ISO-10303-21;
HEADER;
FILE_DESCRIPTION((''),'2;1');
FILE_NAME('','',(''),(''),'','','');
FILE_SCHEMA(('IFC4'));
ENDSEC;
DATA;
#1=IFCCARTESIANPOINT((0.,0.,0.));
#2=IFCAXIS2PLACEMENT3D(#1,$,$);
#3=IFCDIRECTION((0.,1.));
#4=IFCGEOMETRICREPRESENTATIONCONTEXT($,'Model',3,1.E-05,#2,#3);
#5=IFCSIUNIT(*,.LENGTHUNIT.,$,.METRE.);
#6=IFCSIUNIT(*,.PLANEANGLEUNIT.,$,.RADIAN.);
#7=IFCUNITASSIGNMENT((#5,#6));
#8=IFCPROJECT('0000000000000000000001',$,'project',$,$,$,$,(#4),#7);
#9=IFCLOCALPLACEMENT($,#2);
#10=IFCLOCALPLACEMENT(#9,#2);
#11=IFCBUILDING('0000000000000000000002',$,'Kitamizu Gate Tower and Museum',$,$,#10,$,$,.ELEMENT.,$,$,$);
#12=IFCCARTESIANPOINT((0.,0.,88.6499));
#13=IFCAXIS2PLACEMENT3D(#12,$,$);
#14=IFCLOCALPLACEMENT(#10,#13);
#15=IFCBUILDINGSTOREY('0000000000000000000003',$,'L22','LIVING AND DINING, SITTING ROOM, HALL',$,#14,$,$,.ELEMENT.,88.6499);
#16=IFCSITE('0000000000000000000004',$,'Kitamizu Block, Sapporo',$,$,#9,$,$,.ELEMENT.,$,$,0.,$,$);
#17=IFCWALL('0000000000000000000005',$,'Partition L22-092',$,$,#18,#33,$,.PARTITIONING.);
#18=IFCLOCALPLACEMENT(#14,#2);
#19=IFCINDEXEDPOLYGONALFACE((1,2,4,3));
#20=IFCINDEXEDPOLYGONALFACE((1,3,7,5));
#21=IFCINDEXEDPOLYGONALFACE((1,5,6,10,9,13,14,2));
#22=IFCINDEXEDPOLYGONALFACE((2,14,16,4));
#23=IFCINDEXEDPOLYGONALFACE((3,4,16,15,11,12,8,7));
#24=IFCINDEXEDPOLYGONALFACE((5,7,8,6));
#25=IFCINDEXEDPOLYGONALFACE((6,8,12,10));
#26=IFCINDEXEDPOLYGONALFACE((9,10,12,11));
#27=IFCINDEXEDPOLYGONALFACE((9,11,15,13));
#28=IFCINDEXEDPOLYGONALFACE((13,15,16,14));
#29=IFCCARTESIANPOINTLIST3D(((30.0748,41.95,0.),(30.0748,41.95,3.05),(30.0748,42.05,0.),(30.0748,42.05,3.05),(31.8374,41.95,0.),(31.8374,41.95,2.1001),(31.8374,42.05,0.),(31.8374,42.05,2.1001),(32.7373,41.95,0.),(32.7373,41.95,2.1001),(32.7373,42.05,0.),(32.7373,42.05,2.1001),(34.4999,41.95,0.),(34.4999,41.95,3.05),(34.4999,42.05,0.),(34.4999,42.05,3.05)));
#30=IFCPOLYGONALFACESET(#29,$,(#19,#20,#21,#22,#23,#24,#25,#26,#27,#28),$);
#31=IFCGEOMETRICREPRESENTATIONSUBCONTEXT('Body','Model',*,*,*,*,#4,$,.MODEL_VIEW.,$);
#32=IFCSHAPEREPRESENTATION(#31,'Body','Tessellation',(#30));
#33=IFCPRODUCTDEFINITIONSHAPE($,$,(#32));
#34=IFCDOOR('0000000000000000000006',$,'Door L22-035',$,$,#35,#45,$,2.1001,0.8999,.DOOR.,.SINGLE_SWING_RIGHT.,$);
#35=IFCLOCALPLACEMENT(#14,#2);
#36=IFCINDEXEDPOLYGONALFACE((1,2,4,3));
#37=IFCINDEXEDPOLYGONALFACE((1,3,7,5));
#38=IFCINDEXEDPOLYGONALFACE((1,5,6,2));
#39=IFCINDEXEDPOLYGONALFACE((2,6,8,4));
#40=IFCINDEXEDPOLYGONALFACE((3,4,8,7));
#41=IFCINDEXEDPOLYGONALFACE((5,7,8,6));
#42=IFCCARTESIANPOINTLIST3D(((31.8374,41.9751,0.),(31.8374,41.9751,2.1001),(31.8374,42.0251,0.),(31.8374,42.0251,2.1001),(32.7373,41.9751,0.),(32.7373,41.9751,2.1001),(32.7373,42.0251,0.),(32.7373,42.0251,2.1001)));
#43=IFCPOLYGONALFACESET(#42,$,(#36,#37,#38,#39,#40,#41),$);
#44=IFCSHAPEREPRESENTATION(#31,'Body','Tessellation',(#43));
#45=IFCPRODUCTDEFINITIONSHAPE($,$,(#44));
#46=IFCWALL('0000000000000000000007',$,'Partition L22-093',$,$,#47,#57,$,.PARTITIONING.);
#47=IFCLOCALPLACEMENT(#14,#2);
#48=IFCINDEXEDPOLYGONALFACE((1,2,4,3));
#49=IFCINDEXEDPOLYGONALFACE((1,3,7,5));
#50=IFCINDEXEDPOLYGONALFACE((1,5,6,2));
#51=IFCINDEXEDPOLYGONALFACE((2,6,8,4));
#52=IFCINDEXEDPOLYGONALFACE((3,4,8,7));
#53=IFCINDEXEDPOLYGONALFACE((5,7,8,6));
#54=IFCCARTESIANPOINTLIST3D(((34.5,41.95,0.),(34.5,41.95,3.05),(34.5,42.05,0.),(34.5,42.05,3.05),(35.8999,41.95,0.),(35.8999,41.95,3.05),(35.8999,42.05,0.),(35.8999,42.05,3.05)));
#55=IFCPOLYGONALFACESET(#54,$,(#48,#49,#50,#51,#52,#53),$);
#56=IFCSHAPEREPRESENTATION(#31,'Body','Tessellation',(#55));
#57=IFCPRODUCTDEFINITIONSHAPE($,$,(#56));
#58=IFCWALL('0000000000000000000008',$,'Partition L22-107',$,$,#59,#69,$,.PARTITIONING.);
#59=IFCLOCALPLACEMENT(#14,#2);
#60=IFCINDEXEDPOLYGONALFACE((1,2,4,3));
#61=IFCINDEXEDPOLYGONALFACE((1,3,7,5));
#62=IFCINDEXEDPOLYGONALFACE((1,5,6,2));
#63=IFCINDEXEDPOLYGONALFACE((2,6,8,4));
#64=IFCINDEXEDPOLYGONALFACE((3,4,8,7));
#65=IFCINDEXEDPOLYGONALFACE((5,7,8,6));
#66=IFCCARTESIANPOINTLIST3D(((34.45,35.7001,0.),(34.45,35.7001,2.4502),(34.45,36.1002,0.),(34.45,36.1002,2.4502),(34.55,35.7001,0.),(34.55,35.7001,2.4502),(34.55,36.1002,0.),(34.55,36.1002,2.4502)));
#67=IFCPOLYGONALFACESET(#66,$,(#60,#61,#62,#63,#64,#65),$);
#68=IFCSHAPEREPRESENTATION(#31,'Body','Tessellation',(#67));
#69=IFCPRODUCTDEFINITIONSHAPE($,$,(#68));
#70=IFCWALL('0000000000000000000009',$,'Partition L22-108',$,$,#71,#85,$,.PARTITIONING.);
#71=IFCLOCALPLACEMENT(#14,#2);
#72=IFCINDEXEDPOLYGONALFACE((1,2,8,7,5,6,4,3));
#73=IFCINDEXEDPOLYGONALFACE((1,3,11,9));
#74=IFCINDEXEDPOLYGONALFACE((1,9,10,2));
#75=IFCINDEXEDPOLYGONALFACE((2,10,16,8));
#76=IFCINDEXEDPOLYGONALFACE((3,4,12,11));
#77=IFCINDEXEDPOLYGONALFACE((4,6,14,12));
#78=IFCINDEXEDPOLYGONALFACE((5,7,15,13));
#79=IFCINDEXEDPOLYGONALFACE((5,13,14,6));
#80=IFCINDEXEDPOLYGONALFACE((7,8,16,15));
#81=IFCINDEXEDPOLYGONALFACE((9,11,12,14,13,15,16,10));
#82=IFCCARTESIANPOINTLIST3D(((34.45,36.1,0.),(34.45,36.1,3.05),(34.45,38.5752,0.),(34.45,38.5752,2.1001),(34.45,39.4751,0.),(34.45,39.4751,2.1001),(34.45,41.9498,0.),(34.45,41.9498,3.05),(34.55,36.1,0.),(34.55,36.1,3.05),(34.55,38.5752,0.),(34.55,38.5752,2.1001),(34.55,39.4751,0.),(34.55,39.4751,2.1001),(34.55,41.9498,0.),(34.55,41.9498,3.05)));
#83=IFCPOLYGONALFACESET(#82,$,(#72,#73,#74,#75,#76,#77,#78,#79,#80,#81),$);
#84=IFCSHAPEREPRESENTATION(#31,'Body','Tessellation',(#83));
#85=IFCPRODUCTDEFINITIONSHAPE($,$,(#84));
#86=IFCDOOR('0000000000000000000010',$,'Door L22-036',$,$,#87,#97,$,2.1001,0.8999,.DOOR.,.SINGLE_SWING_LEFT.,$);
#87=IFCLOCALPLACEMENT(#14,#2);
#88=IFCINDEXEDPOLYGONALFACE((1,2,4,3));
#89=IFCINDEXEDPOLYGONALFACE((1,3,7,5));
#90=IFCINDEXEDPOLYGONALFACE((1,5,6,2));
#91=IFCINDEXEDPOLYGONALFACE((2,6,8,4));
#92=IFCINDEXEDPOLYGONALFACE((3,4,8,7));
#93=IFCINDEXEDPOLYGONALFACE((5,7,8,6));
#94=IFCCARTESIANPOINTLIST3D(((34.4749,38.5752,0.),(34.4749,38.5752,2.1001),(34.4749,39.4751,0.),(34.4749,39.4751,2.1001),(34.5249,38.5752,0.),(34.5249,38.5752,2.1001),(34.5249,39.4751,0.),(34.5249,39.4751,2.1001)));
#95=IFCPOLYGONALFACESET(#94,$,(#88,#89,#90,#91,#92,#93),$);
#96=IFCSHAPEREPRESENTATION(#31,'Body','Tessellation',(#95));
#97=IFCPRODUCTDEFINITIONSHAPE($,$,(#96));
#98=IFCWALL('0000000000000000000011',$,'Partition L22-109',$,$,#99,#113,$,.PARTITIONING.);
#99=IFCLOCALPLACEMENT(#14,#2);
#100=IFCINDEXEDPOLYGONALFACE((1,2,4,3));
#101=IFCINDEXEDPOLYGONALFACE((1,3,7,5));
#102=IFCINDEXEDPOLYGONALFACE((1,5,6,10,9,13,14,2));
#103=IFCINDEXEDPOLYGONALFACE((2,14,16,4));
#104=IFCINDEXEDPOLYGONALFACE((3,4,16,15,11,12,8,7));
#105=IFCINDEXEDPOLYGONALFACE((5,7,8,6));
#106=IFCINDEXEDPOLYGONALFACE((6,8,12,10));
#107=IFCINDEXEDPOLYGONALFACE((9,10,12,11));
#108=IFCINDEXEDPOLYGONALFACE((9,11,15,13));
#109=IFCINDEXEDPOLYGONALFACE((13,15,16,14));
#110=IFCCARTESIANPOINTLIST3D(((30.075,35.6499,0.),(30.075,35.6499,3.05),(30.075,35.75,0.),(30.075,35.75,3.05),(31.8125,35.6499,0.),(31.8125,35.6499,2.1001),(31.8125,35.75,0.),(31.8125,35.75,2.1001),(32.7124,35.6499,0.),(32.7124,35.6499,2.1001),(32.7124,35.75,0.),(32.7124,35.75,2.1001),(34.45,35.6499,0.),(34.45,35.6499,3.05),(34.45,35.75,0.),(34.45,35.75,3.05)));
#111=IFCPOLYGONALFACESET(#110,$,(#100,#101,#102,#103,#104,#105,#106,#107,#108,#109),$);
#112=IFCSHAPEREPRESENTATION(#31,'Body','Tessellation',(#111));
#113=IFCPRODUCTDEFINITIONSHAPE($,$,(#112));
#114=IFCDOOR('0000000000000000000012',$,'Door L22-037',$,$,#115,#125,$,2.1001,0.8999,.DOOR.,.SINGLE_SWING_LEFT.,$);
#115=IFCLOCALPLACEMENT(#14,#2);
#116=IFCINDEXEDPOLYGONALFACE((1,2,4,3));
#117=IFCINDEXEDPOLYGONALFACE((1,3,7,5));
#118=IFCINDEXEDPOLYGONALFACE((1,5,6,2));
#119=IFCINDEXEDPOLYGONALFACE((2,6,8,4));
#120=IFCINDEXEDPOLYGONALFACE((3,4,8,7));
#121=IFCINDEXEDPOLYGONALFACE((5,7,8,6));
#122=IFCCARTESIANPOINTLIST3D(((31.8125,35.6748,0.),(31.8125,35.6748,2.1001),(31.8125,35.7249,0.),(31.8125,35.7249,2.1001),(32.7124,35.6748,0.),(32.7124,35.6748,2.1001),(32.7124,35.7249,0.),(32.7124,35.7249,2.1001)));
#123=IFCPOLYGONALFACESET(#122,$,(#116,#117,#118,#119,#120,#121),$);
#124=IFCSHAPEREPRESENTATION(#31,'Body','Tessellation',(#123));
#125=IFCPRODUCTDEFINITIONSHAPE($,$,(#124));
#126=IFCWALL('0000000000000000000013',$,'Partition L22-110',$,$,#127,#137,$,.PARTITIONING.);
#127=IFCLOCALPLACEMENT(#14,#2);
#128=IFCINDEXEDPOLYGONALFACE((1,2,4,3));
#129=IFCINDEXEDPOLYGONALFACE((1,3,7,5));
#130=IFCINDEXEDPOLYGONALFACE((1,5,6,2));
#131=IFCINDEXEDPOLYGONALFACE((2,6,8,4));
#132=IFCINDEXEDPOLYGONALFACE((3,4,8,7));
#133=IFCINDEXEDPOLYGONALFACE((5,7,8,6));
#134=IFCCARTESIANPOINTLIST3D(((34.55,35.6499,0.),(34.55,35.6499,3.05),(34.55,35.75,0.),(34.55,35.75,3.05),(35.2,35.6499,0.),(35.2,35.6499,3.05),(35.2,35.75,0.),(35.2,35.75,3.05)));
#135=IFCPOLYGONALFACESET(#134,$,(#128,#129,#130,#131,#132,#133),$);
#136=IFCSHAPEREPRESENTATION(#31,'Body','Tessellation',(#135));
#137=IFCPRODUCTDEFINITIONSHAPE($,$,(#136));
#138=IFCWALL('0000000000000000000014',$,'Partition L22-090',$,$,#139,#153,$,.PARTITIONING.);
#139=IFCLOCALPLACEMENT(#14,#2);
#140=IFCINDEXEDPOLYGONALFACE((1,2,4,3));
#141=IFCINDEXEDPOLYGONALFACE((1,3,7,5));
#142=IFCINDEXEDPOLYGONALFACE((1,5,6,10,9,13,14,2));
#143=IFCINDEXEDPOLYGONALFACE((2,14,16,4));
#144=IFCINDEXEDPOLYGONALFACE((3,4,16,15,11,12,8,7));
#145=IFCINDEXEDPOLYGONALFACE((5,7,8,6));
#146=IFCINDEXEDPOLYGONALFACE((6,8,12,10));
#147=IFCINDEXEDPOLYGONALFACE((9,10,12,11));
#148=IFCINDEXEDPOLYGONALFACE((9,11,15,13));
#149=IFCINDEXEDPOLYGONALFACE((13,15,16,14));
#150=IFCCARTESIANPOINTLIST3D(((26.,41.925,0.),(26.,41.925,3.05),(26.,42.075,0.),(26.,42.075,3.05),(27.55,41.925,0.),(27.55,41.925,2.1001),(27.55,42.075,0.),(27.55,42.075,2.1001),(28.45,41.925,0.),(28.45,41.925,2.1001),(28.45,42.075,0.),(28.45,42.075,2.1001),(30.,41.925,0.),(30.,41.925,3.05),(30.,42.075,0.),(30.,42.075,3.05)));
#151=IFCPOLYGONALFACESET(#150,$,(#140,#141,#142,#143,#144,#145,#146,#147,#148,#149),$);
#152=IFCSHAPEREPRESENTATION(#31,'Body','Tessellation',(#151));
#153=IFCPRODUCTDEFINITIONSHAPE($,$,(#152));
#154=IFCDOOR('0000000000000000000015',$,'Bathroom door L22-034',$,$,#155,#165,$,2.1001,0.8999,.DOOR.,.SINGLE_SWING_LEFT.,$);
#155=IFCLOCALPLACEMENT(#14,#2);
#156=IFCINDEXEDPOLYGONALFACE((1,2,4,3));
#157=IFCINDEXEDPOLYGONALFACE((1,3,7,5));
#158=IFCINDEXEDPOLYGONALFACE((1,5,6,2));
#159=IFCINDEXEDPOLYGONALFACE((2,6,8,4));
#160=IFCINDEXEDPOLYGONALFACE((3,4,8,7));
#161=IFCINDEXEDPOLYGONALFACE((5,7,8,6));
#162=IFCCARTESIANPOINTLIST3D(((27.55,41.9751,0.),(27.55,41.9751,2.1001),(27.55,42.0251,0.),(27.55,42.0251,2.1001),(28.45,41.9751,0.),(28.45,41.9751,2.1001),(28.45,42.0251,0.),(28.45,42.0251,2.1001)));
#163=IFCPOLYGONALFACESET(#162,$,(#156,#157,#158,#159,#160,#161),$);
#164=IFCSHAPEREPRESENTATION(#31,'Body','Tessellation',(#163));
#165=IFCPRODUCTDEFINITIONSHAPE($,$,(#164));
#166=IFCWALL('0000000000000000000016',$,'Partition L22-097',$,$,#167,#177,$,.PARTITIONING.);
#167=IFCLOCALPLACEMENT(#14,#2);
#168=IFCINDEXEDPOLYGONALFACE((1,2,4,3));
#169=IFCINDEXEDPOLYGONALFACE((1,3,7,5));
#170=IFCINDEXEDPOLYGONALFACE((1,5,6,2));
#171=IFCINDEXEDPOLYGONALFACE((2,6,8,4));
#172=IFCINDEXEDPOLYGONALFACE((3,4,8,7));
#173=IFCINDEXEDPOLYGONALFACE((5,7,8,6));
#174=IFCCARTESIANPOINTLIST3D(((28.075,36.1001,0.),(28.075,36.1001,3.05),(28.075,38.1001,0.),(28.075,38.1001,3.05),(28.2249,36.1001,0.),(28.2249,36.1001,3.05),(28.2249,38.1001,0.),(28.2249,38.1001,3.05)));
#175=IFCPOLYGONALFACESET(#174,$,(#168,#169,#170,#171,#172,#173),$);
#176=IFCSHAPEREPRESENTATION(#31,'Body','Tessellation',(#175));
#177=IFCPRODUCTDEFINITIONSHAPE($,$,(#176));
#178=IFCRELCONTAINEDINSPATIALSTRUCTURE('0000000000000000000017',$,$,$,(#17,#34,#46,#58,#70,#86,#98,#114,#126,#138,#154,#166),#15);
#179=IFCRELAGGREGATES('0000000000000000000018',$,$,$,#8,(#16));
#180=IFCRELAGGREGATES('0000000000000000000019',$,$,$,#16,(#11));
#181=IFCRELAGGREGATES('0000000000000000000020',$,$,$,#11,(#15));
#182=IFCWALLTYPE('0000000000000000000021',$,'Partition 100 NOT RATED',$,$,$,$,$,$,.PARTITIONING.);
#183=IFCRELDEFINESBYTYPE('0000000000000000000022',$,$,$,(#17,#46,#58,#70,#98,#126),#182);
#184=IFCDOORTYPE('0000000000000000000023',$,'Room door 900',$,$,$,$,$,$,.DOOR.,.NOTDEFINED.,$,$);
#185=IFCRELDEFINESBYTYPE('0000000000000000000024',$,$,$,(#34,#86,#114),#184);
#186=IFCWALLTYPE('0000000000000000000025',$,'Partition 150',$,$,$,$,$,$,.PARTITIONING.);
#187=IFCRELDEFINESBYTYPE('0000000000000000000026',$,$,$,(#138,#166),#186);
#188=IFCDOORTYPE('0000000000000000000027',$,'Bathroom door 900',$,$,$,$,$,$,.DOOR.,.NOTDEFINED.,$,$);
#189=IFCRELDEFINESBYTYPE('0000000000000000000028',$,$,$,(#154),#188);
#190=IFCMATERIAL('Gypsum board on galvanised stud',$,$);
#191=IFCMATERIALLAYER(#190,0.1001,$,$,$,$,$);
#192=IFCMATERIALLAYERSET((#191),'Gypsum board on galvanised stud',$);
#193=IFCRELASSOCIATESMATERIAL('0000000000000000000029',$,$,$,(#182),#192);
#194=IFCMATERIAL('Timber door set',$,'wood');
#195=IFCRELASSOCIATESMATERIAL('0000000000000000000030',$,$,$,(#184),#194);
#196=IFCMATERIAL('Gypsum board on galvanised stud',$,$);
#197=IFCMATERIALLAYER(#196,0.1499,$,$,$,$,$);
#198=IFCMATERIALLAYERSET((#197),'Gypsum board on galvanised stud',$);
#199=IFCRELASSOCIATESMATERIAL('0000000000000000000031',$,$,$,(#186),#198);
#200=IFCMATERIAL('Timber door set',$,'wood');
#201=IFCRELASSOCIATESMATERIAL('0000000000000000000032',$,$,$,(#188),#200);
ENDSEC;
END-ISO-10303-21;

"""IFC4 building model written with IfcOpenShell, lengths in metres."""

from ifc_helpers import new_model, si_unit, direction, frame, frame_2d, origin, place, context, subcontext, project, spatial, rectangle, extrude, material, layer, layer_set, type_object, element, fill, save


model = new_model("IFC4")

# Units and contexts
model_context = context("Model", 3, precision=1e-05, world=origin(), true_north=direction((0.0, 1.0)))
body_context = subcontext(model_context, "Body", "Model", "MODEL_VIEW")
ifc_project = project(units=[si_unit("LENGTHUNIT", "METRE"), si_unit("PLANEANGLEUNIT", "RADIAN")], contexts=[model_context])

# Site, building, storey
site_placement = place(None, origin())
site = spatial("IfcSite", under=ifc_project, at=site_placement, Name="Kitamizu Block, Sapporo", CompositionType="ELEMENT", RefElevation=0.0)
building_placement = place(site_placement, origin())
building = spatial("IfcBuilding", under=site, at=building_placement, Name="Kitamizu Gate Tower and Museum", CompositionType="ELEMENT")
storey_placement = place(building_placement, frame((0.0, 0.0, 88.6499)))
storey = spatial("IfcBuildingStorey", under=building, at=storey_placement, Name="L22", Description="LIVING AND DINING, SITTING ROOM, HALL", CompositionType="ELEMENT", Elevation=88.6499)

# Wall, opening, door
ifc_material_1 = material(Name="Gypsum board on galvanised stud")
ifc_layer_1 = layer(ifc_material_1, 0.1001)
ifc_layer_set_1 = layer_set([ifc_layer_1], Name="Gypsum board on galvanised stud")
wall_type_1 = type_object("IfcWallType", Name="Partition 100 NOT RATED", PredefinedType="PARTITIONING", material=ifc_layer_set_1)
ifc_material_2 = material(Name="Timber door set", Category="wood")
door_type_1 = type_object("IfcDoorType", Name="Room door 900", OperationType="NOTDEFINED", PredefinedType="DOOR", material=ifc_material_2)
wall_1_placement = place(storey_placement, frame((30.075, 42.0, 0.0), z_axis=(0.0, 0.0, 1.0), x_axis=(1.0, 0.0, 0.0)))
wall_1 = element("IfcWall", 1, at=wall_1_placement, inside=storey, type_object=wall_type_1, Name="Partition L22-092", PredefinedType="PARTITIONING", context=body_context, shape_type="SweptSolid", body=[
    extrude(rectangle(XDim=4.425, YDim=0.1001, at=frame_2d((2.2124, 0.0))), origin(), (0.0, 0.0, 1.0), 3.05),
])
opening_1_placement = place(wall_1_placement, frame((1.7625, 0.0, 0.0)))
opening_1 = element("IfcOpeningElement", 2, at=opening_1_placement, cuts=wall_1, PredefinedType="OPENING", context=body_context, shape_type="SweptSolid", body=[
    extrude(rectangle(XDim=0.8999, YDim=2.1001, at=frame_2d((0.45, 1.05))), frame((0.0, 0.0601, 0.0), z_axis=(0.0, -1.0, 0.0), x_axis=(1.0, 0.0, 0.0)), (0.0, 0.0, 1.0), 0.1201),
])
door_1_placement = place(opening_1_placement, frame((0.8999, 0.0, 0.0), x_axis=(-1.0, 0.0, 0.0)))
door_1 = element("IfcDoor", 3, at=door_1_placement, inside=storey, type_object=door_type_1, Name="Door L22-035", OperationType="SINGLE_SWING_RIGHT", OverallHeight=2.1001, OverallWidth=0.8999, PredefinedType="DOOR", context=body_context, shape_type="SweptSolid", body=[
    extrude(rectangle(XDim=0.8999, YDim=2.1001, at=frame_2d((0.45, 1.05))), frame((0.0, 0.0249, 0.0), z_axis=(0.0, -1.0, 0.0), x_axis=(1.0, 0.0, 0.0)), (0.0, 0.0, 1.0), 0.05),
])
fill(opening_1, door_1)

# Walls
wall_2_placement = place(storey_placement, frame((34.5, 42.0, 0.0), z_axis=(0.0, 0.0, 1.0), x_axis=(1.0, 0.0, 0.0)))
element("IfcWall", 4, at=wall_2_placement, inside=storey, type_object=wall_type_1, Name="Partition L22-093", PredefinedType="PARTITIONING", context=body_context, shape_type="SweptSolid", body=[
    extrude(rectangle(XDim=1.3999, YDim=0.1001, at=frame_2d((0.7, 0.0))), origin(), (0.0, 0.0, 1.0), 3.05),
])
wall_3_placement = place(storey_placement, frame((34.5, 35.7, 0.0), z_axis=(0.0, 0.0, 1.0), x_axis=(0.0, 1.0, 0.0)))
element("IfcWall", 5, at=wall_3_placement, inside=storey, type_object=wall_type_1, Name="Partition L22-107", PredefinedType="PARTITIONING", context=body_context, shape_type="SweptSolid", body=[
    extrude(rectangle(XDim=0.4001, YDim=0.1001, at=frame_2d((0.2002, 0.0))), origin(), (0.0, 0.0, 1.0), 2.4502),
])

# Walls, openings, doors
wall_4_placement = place(storey_placement, frame((34.5, 36.1001, 0.0), z_axis=(0.0, 0.0, 1.0), x_axis=(0.0, 1.0, 0.0)))
wall_4 = element("IfcWall", 6, at=wall_4_placement, inside=storey, type_object=wall_type_1, Name="Partition L22-108", PredefinedType="PARTITIONING", context=body_context, shape_type="SweptSolid", body=[
    extrude(rectangle(XDim=5.8499, YDim=0.1001, at=frame_2d((2.9248, 0.0))), origin(), (0.0, 0.0, 1.0), 3.05),
])
opening_2_placement = place(wall_4_placement, frame((2.4751, 0.0, 0.0)))
opening_2 = element("IfcOpeningElement", 7, at=opening_2_placement, cuts=wall_4, PredefinedType="OPENING", context=body_context, shape_type="SweptSolid", body=[
    extrude(rectangle(XDim=0.8999, YDim=2.1001, at=frame_2d((0.45, 1.05))), frame((0.0, 0.0601, 0.0), z_axis=(0.0, -1.0, 0.0), x_axis=(1.0, 0.0, 0.0)), (0.0, 0.0, 1.0), 0.1201),
])
door_2_placement = place(opening_2_placement, frame((0.8999, 0.0, 0.0), x_axis=(-1.0, 0.0, 0.0)))
door_2 = element("IfcDoor", 8, at=door_2_placement, inside=storey, type_object=door_type_1, Name="Door L22-036", OperationType="SINGLE_SWING_LEFT", OverallHeight=2.1001, OverallWidth=0.8999, PredefinedType="DOOR", context=body_context, shape_type="SweptSolid", body=[
    extrude(rectangle(XDim=0.8999, YDim=2.1001, at=frame_2d((0.45, 1.05))), frame((0.0, 0.0249, 0.0), z_axis=(0.0, -1.0, 0.0), x_axis=(1.0, 0.0, 0.0)), (0.0, 0.0, 1.0), 0.05),
])
fill(opening_2, door_2)
wall_5_placement = place(storey_placement, frame((30.075, 35.7, 0.0), z_axis=(0.0, 0.0, 1.0), x_axis=(1.0, 0.0, 0.0)))
wall_5 = element("IfcWall", 9, at=wall_5_placement, inside=storey, type_object=wall_type_1, Name="Partition L22-109", PredefinedType="PARTITIONING", context=body_context, shape_type="SweptSolid", body=[
    extrude(rectangle(XDim=4.375, YDim=0.1001, at=frame_2d((2.1875, 0.0))), origin(), (0.0, 0.0, 1.0), 3.05),
])
opening_3_placement = place(wall_5_placement, frame((1.7375, 0.0, 0.0)))
opening_3 = element("IfcOpeningElement", 10, at=opening_3_placement, cuts=wall_5, PredefinedType="OPENING", context=body_context, shape_type="SweptSolid", body=[
    extrude(rectangle(XDim=0.8999, YDim=2.1001, at=frame_2d((0.45, 1.05))), frame((0.0, 0.0601, 0.0), z_axis=(0.0, -1.0, 0.0), x_axis=(1.0, 0.0, 0.0)), (0.0, 0.0, 1.0), 0.1201),
])
door_3_placement = place(opening_3_placement, origin())
door_3 = element("IfcDoor", 11, at=door_3_placement, inside=storey, type_object=door_type_1, Name="Door L22-037", OperationType="SINGLE_SWING_LEFT", OverallHeight=2.1001, OverallWidth=0.8999, PredefinedType="DOOR", context=body_context, shape_type="SweptSolid", body=[
    extrude(rectangle(XDim=0.8999, YDim=2.1001, at=frame_2d((0.45, 1.05))), frame((0.0, 0.0249, 0.0), z_axis=(0.0, -1.0, 0.0), x_axis=(1.0, 0.0, 0.0)), (0.0, 0.0, 1.0), 0.05),
])
fill(opening_3, door_3)

# Wall
wall_6_placement = place(storey_placement, frame((34.55, 35.7, 0.0), z_axis=(0.0, 0.0, 1.0), x_axis=(1.0, 0.0, 0.0)))
element("IfcWall", 12, at=wall_6_placement, inside=storey, type_object=wall_type_1, Name="Partition L22-110", PredefinedType="PARTITIONING", context=body_context, shape_type="SweptSolid", body=[
    extrude(rectangle(XDim=0.6499, YDim=0.1001, at=frame_2d((0.325, 0.0))), origin(), (0.0, 0.0, 1.0), 3.05),
])

# Wall, opening, door
ifc_material_3 = material(Name="Gypsum board on galvanised stud")
ifc_layer_2 = layer(ifc_material_3, 0.1499)
ifc_layer_set_2 = layer_set([ifc_layer_2], Name="Gypsum board on galvanised stud")
wall_type_2 = type_object("IfcWallType", Name="Partition 150", PredefinedType="PARTITIONING", material=ifc_layer_set_2)
wall_7_placement = place(storey_placement, frame((26.0, 42.0, 0.0), z_axis=(0.0, 0.0, 1.0), x_axis=(1.0, 0.0, 0.0)))
wall_7 = element("IfcWall", 13, at=wall_7_placement, inside=storey, type_object=wall_type_2, Name="Partition L22-090", PredefinedType="PARTITIONING", context=body_context, shape_type="SweptSolid", body=[
    extrude(rectangle(XDim=4.0, YDim=0.1499, at=frame_2d((2.0, 0.0))), origin(), (0.0, 0.0, 1.0), 3.05),
])
opening_4_placement = place(wall_7_placement, frame((1.55, 0.0, 0.0)))
opening_4 = element("IfcOpeningElement", 14, at=opening_4_placement, cuts=wall_7, PredefinedType="OPENING", context=body_context, shape_type="SweptSolid", body=[
    extrude(rectangle(XDim=0.8999, YDim=2.1001, at=frame_2d((0.45, 1.05))), frame((0.0, 0.085, 0.0), z_axis=(0.0, -1.0, 0.0), x_axis=(1.0, 0.0, 0.0)), (0.0, 0.0, 1.0), 0.1699),
])
ifc_material_4 = material(Name="Timber door set", Category="wood")
door_type_2 = type_object("IfcDoorType", Name="Bathroom door 900", OperationType="NOTDEFINED", PredefinedType="DOOR", material=ifc_material_4)
door_4_placement = place(opening_4_placement, frame((0.8999, 0.0, 0.0), x_axis=(-1.0, 0.0, 0.0)))
door_4 = element("IfcDoor", 15, at=door_4_placement, inside=storey, type_object=door_type_2, Name="Bathroom door L22-034", OperationType="SINGLE_SWING_LEFT", OverallHeight=2.1001, OverallWidth=0.8999, PredefinedType="DOOR", context=body_context, shape_type="SweptSolid", body=[
    extrude(rectangle(XDim=0.8999, YDim=2.1001, at=frame_2d((0.45, 1.05))), frame((0.0, 0.0249, 0.0), z_axis=(0.0, -1.0, 0.0), x_axis=(1.0, 0.0, 0.0)), (0.0, 0.0, 1.0), 0.05),
])
fill(opening_4, door_4)

# Wall
wall_8_placement = place(storey_placement, frame((28.1499, 36.1001, 0.0), z_axis=(0.0, 0.0, 1.0), x_axis=(0.0, 1.0, 0.0)))
element("IfcWall", 16, at=wall_8_placement, inside=storey, type_object=wall_type_2, Name="Partition L22-097", PredefinedType="PARTITIONING", context=body_context, shape_type="SweptSolid", body=[
    extrude(rectangle(XDim=2.0, YDim=0.1499, at=frame_2d((1.0, 0.0))), origin(), (0.0, 0.0, 1.0), 3.05),
])

save(model, "model.ifc")
